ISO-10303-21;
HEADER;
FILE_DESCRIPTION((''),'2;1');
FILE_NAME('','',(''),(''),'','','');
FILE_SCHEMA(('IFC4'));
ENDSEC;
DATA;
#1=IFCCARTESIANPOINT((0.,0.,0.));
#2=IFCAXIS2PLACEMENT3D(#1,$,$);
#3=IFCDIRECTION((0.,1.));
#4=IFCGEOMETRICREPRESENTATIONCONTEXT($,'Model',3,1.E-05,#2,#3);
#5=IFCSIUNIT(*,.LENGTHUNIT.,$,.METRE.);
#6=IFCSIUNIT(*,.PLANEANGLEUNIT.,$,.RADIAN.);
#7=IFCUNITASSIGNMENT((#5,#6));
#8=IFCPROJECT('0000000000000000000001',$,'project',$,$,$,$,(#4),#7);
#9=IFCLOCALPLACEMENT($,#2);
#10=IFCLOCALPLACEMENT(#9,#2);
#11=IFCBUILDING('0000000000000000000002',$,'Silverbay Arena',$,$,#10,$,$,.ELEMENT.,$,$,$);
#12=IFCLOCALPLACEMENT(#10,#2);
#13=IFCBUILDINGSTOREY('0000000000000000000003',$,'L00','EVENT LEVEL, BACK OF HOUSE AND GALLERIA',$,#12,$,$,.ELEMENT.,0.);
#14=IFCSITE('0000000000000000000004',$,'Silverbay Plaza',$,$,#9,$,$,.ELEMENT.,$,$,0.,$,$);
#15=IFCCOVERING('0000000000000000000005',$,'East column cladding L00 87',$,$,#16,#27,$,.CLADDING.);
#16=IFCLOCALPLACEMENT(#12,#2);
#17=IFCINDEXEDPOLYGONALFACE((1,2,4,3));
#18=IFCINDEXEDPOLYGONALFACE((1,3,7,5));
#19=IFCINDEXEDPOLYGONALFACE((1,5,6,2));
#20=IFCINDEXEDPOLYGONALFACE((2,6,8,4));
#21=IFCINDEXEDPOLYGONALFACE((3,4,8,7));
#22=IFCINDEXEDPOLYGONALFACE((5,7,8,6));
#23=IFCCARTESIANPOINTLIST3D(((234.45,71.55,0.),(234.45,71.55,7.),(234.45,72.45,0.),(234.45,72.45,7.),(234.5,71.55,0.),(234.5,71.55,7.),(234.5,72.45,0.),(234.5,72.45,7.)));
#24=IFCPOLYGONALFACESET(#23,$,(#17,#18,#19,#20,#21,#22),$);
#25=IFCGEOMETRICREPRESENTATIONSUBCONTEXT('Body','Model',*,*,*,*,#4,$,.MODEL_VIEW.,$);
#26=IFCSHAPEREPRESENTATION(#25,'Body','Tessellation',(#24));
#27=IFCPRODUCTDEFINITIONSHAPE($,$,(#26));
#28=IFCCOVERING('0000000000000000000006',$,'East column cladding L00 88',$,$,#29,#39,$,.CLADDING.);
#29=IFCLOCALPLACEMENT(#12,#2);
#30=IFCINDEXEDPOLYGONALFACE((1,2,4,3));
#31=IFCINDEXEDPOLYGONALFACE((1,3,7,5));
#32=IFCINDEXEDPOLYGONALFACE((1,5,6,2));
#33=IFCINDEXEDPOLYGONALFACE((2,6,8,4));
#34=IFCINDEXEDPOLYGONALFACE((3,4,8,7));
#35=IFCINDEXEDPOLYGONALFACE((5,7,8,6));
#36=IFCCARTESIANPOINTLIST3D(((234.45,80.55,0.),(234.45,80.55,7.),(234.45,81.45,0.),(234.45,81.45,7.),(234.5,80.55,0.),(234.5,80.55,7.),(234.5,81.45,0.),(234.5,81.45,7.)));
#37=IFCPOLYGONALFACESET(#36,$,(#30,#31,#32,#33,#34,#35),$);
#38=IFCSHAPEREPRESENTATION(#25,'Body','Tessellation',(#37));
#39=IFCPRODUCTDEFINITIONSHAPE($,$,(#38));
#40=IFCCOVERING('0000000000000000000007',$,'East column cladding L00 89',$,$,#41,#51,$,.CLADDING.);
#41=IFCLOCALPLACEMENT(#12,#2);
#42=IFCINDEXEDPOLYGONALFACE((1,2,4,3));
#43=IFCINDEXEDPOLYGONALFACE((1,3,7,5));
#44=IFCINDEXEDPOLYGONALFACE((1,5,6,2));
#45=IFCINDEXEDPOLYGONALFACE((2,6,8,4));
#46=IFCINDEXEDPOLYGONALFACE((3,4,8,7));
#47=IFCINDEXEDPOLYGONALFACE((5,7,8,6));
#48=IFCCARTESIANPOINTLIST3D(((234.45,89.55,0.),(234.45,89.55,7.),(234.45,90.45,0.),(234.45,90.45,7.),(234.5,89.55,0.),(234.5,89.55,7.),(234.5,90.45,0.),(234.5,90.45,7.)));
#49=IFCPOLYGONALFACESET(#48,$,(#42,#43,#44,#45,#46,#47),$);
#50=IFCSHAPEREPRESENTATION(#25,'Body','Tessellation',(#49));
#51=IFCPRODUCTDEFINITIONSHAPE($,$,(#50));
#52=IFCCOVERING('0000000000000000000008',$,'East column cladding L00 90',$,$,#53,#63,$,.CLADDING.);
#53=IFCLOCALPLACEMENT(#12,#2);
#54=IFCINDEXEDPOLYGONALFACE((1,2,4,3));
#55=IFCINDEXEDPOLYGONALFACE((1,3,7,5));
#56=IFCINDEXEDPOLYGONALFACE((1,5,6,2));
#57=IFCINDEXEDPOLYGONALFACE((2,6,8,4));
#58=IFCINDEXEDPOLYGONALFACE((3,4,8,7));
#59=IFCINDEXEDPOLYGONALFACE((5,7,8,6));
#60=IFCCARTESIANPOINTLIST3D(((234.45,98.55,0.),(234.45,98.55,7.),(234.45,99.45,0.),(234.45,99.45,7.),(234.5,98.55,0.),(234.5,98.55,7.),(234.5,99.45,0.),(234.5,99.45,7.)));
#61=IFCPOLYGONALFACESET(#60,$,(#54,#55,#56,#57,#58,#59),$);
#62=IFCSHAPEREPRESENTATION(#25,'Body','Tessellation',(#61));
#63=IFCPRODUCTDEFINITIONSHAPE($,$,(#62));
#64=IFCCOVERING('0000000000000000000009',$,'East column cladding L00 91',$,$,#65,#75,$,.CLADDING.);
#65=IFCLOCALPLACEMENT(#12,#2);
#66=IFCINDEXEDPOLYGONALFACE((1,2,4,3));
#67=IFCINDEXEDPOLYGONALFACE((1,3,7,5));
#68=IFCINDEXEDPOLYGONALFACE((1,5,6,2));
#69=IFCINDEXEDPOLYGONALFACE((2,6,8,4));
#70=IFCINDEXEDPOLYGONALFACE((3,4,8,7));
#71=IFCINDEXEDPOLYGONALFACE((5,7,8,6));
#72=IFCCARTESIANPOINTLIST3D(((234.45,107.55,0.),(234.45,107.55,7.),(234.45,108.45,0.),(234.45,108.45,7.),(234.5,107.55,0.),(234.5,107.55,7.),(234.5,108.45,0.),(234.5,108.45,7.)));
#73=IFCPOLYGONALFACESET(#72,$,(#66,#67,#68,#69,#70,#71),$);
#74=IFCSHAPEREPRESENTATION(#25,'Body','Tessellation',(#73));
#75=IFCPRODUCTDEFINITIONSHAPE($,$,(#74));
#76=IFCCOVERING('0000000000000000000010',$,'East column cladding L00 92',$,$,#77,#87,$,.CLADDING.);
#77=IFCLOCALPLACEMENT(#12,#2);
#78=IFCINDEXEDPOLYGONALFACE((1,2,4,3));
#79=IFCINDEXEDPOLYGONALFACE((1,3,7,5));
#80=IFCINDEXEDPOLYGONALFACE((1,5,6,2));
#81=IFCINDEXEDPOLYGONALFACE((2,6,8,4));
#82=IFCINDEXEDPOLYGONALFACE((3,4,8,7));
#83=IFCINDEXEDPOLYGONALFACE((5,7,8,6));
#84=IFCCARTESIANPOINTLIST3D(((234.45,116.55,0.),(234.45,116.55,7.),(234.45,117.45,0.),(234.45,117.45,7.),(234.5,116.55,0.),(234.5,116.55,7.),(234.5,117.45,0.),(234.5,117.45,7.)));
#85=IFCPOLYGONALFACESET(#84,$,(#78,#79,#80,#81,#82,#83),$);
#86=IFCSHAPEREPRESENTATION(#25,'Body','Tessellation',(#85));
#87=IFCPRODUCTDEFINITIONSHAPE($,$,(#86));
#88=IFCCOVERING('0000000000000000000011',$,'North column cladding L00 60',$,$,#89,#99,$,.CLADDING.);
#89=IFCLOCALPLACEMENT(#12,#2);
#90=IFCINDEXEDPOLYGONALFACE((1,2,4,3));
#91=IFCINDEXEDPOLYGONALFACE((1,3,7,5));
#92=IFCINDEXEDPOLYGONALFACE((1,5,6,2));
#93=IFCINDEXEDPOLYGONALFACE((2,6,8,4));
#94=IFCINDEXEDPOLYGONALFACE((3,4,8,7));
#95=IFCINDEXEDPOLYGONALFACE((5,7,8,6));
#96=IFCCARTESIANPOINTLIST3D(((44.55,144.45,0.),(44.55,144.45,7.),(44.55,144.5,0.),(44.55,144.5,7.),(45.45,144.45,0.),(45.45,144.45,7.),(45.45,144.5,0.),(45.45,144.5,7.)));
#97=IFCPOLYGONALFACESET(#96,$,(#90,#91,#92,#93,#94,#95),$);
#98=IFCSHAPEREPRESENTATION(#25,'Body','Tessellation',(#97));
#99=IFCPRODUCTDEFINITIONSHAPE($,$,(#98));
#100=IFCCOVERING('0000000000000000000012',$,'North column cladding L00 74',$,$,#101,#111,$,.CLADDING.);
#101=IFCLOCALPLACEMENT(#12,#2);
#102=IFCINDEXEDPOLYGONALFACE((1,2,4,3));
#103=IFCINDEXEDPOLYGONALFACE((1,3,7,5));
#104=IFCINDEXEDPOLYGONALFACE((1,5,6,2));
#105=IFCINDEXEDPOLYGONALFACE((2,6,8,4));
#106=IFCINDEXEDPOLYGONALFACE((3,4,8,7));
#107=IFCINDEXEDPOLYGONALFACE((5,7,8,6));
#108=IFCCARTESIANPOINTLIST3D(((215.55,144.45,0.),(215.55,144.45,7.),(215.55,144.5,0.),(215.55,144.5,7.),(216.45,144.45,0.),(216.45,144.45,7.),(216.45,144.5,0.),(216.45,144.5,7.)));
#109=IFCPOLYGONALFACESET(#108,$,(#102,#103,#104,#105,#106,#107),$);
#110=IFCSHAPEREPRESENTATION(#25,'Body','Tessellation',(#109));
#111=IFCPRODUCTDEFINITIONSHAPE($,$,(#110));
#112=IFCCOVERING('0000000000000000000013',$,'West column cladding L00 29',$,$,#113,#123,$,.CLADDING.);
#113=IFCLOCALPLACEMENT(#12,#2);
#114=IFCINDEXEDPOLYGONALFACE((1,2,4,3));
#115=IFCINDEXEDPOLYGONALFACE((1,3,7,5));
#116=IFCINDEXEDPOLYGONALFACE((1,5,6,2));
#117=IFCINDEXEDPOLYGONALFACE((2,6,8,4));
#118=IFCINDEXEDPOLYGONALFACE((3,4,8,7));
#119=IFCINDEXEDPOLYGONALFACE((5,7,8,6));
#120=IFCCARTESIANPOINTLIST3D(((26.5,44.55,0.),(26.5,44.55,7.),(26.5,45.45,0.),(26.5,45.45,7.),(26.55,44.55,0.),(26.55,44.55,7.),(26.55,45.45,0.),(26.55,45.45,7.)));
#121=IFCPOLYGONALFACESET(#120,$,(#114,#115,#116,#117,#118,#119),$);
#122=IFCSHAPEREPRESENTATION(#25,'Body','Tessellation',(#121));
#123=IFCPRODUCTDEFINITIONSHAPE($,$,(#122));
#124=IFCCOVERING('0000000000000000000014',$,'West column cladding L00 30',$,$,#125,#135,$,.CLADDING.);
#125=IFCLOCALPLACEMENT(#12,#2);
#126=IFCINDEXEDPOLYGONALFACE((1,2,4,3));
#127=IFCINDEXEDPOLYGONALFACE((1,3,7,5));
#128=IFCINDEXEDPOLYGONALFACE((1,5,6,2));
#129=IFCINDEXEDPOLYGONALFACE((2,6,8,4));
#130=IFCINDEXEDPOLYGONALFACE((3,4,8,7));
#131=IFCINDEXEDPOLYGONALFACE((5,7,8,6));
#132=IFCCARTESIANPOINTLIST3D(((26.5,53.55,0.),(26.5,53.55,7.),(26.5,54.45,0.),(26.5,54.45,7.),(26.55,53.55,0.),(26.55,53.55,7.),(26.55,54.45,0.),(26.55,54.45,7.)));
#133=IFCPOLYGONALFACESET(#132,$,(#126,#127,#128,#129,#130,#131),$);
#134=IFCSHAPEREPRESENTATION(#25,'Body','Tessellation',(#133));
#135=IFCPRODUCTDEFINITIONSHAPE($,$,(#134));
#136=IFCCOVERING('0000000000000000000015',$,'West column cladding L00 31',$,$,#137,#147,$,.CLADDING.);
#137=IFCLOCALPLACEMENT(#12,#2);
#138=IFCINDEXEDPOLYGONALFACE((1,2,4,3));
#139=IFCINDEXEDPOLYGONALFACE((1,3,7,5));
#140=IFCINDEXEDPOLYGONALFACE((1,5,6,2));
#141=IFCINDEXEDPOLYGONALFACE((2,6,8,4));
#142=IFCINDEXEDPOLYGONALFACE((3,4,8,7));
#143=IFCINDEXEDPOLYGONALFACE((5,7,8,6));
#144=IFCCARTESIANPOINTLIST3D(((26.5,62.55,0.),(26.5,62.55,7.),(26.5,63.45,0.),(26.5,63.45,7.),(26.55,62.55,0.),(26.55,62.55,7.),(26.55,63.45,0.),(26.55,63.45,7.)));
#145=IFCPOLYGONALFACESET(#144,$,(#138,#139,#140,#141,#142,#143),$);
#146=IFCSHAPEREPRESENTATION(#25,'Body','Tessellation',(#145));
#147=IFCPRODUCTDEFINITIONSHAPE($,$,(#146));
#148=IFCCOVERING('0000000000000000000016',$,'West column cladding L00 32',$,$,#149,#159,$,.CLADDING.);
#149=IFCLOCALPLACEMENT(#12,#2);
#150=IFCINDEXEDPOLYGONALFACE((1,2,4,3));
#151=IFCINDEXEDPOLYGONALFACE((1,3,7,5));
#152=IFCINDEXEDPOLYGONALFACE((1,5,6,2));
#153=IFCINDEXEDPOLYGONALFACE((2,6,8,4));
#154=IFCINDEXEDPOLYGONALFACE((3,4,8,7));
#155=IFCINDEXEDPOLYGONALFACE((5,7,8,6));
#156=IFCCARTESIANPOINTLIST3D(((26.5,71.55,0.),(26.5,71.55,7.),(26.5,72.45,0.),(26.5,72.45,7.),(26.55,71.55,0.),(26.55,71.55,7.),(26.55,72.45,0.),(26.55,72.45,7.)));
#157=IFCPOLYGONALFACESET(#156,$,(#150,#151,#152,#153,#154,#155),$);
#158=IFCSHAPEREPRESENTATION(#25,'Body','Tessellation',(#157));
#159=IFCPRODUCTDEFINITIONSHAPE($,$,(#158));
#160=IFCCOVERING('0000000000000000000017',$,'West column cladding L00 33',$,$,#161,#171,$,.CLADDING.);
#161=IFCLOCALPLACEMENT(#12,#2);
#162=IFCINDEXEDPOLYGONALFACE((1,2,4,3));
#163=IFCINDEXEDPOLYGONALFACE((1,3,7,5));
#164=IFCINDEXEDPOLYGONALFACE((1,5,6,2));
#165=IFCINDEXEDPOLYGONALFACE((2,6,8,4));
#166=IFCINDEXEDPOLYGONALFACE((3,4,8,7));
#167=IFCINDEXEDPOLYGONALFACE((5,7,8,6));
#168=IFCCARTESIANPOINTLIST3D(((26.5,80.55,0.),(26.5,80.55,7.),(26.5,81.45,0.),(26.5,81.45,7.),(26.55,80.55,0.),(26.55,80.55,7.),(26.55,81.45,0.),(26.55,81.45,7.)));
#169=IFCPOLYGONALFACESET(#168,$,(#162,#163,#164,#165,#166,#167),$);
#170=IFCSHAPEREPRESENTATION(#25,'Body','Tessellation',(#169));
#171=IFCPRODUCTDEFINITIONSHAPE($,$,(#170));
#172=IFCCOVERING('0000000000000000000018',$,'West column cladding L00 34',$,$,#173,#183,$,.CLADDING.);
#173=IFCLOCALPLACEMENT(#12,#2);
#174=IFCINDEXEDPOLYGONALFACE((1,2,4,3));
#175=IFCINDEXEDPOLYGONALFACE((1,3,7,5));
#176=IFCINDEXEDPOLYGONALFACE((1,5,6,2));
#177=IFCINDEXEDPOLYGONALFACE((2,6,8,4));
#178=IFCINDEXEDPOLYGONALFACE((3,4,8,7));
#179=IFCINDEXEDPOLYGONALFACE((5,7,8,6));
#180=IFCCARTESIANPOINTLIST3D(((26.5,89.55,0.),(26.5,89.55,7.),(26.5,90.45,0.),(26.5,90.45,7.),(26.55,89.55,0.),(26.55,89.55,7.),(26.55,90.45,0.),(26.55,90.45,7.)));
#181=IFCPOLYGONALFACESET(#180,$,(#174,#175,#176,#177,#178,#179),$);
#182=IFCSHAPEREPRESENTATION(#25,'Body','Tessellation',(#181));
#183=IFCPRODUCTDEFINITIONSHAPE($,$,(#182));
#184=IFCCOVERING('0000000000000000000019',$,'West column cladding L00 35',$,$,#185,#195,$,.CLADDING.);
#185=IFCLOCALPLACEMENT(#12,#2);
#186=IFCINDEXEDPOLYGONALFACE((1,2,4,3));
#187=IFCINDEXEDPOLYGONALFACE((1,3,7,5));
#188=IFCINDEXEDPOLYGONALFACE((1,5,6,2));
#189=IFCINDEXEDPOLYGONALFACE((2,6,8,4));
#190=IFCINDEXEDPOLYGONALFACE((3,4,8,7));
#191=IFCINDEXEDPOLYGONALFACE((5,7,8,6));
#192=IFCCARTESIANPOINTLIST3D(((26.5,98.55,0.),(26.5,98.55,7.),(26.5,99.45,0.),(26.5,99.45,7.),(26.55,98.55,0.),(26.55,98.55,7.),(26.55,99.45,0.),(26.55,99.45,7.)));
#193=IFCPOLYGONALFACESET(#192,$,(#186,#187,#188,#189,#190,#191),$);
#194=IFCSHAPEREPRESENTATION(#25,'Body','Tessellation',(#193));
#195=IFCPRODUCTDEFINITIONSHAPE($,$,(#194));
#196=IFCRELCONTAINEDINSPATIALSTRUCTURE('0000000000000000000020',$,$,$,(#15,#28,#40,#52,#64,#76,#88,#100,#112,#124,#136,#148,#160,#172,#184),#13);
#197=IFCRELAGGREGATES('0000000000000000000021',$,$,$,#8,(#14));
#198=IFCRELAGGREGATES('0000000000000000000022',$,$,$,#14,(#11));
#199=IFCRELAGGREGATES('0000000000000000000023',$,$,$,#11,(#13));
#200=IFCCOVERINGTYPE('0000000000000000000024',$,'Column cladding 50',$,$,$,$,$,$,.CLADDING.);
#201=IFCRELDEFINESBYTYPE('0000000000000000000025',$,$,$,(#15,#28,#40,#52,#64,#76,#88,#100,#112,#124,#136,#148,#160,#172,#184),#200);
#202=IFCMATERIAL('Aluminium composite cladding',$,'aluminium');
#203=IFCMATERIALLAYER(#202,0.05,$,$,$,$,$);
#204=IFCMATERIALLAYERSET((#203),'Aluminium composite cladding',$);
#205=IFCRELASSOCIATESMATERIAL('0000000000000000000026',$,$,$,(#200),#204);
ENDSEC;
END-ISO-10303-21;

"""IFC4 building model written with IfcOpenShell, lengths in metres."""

from ifc_helpers import new_model, si_unit, direction, origin, place, context, subcontext, project, spatial, polyline, outline, extrude, material, layer, layer_set, type_object, element, save


model = new_model("IFC4")

# Units and contexts
model_context = context("Model", 3, precision=1e-05, world=origin(), true_north=direction((0.0, 1.0)))
body_context = subcontext(model_context, "Body", "Model", "MODEL_VIEW")
ifc_project = project(units=[si_unit("LENGTHUNIT", "METRE"), si_unit("PLANEANGLEUNIT", "RADIAN")], contexts=[model_context])

# Site, building, storey
site_placement = place(None, origin())
site = spatial("IfcSite", under=ifc_project, at=site_placement, Name="Silverbay Plaza", CompositionType="ELEMENT", RefElevation=0.0)
building_placement = place(site_placement, origin())
building = spatial("IfcBuilding", under=site, at=building_placement, Name="Silverbay Arena", CompositionType="ELEMENT")
storey_placement = place(building_placement, origin())
storey = spatial("IfcBuildingStorey", under=building, at=storey_placement, Name="L00", Description="EVENT LEVEL, BACK OF HOUSE AND GALLERIA", CompositionType="ELEMENT", Elevation=0.0)

# Coverings
ifc_material_1 = material(Name="Aluminium composite cladding", Category="aluminium")
ifc_layer_1 = layer(ifc_material_1, 0.05)
ifc_layer_set_1 = layer_set([ifc_layer_1], Name="Aluminium composite cladding")
covering_type_1 = type_object("IfcCoveringType", Name="Column cladding 50", PredefinedType="CLADDING", material=ifc_layer_set_1)
covering_1_placement = place(storey_placement, origin())
element("IfcCovering", 1, at=covering_1_placement, inside=storey, type_object=covering_type_1, Name="East column cladding L00 87", PredefinedType="CLADDING", context=body_context, shape_type="SweptSolid", body=[
    extrude(outline(polyline([(234.45, 71.55), (234.5, 71.55), (234.5, 72.45), (234.45, 72.45), (234.45, 71.55)])), origin(), (0.0, 0.0, 1.0), 7.0),
])
covering_2_placement = place(storey_placement, origin())
element("IfcCovering", 2, at=covering_2_placement, inside=storey, type_object=covering_type_1, Name="East column cladding L00 88", PredefinedType="CLADDING", context=body_context, shape_type="SweptSolid", body=[
    extrude(outline(polyline([(234.45, 80.55), (234.5, 80.55), (234.5, 81.45), (234.45, 81.45), (234.45, 80.55)])), origin(), (0.0, 0.0, 1.0), 7.0),
])
covering_3_placement = place(storey_placement, origin())
element("IfcCovering", 3, at=covering_3_placement, inside=storey, type_object=covering_type_1, Name="East column cladding L00 89", PredefinedType="CLADDING", context=body_context, shape_type="SweptSolid", body=[
    extrude(outline(polyline([(234.45, 89.55), (234.5, 89.55), (234.5, 90.45), (234.45, 90.45), (234.45, 89.55)])), origin(), (0.0, 0.0, 1.0), 7.0),
])
covering_4_placement = place(storey_placement, origin())
element("IfcCovering", 4, at=covering_4_placement, inside=storey, type_object=covering_type_1, Name="East column cladding L00 90", PredefinedType="CLADDING", context=body_context, shape_type="SweptSolid", body=[
    extrude(outline(polyline([(234.45, 98.55), (234.5, 98.55), (234.5, 99.45), (234.45, 99.45), (234.45, 98.55)])), origin(), (0.0, 0.0, 1.0), 7.0),
])
covering_5_placement = place(storey_placement, origin())
element("IfcCovering", 5, at=covering_5_placement, inside=storey, type_object=covering_type_1, Name="East column cladding L00 91", PredefinedType="CLADDING", context=body_context, shape_type="SweptSolid", body=[
    extrude(outline(polyline([(234.45, 107.55), (234.5, 107.55), (234.5, 108.45), (234.45, 108.45), (234.45, 107.55)])), origin(), (0.0, 0.0, 1.0), 7.0),
])
covering_6_placement = place(storey_placement, origin())
element("IfcCovering", 6, at=covering_6_placement, inside=storey, type_object=covering_type_1, Name="East column cladding L00 92", PredefinedType="CLADDING", context=body_context, shape_type="SweptSolid", body=[
    extrude(outline(polyline([(234.45, 116.55), (234.5, 116.55), (234.5, 117.45), (234.45, 117.45), (234.45, 116.55)])), origin(), (0.0, 0.0, 1.0), 7.0),
])
covering_7_placement = place(storey_placement, origin())
element("IfcCovering", 7, at=covering_7_placement, inside=storey, type_object=covering_type_1, Name="North column cladding L00 60", PredefinedType="CLADDING", context=body_context, shape_type="SweptSolid", body=[
    extrude(outline(polyline([(44.55, 144.45), (45.45, 144.45), (45.45, 144.5), (44.55, 144.5), (44.55, 144.45)])), origin(), (0.0, 0.0, 1.0), 7.0),
])
covering_8_placement = place(storey_placement, origin())
element("IfcCovering", 8, at=covering_8_placement, inside=storey, type_object=covering_type_1, Name="North column cladding L00 74", PredefinedType="CLADDING", context=body_context, shape_type="SweptSolid", body=[
    extrude(outline(polyline([(215.55, 144.45), (216.45, 144.45), (216.45, 144.5), (215.55, 144.5), (215.55, 144.45)])), origin(), (0.0, 0.0, 1.0), 7.0),
])
covering_9_placement = place(storey_placement, origin())
element("IfcCovering", 9, at=covering_9_placement, inside=storey, type_object=covering_type_1, Name="West column cladding L00 29", PredefinedType="CLADDING", context=body_context, shape_type="SweptSolid", body=[
    extrude(outline(polyline([(26.5, 44.55), (26.55, 44.55), (26.55, 45.45), (26.5, 45.45), (26.5, 44.55)])), origin(), (0.0, 0.0, 1.0), 7.0),
])
covering_10_placement = place(storey_placement, origin())
element("IfcCovering", 10, at=covering_10_placement, inside=storey, type_object=covering_type_1, Name="West column cladding L00 30", PredefinedType="CLADDING", context=body_context, shape_type="SweptSolid", body=[
    extrude(outline(polyline([(26.5, 53.55), (26.55, 53.55), (26.55, 54.45), (26.5, 54.45), (26.5, 53.55)])), origin(), (0.0, 0.0, 1.0), 7.0),
])
covering_11_placement = place(storey_placement, origin())
element("IfcCovering", 11, at=covering_11_placement, inside=storey, type_object=covering_type_1, Name="West column cladding L00 31", PredefinedType="CLADDING", context=body_context, shape_type="SweptSolid", body=[
    extrude(outline(polyline([(26.5, 62.55), (26.55, 62.55), (26.55, 63.45), (26.5, 63.45), (26.5, 62.55)])), origin(), (0.0, 0.0, 1.0), 7.0),
])
covering_12_placement = place(storey_placement, origin())
element("IfcCovering", 12, at=covering_12_placement, inside=storey, type_object=covering_type_1, Name="West column cladding L00 32", PredefinedType="CLADDING", context=body_context, shape_type="SweptSolid", body=[
    extrude(outline(polyline([(26.5, 71.55), (26.55, 71.55), (26.55, 72.45), (26.5, 72.45), (26.5, 71.55)])), origin(), (0.0, 0.0, 1.0), 7.0),
])
covering_13_placement = place(storey_placement, origin())
element("IfcCovering", 13, at=covering_13_placement, inside=storey, type_object=covering_type_1, Name="West column cladding L00 33", PredefinedType="CLADDING", context=body_context, shape_type="SweptSolid", body=[
    extrude(outline(polyline([(26.5, 80.55), (26.55, 80.55), (26.55, 81.45), (26.5, 81.45), (26.5, 80.55)])), origin(), (0.0, 0.0, 1.0), 7.0),
])
covering_14_placement = place(storey_placement, origin())
element("IfcCovering", 14, at=covering_14_placement, inside=storey, type_object=covering_type_1, Name="West column cladding L00 34", PredefinedType="CLADDING", context=body_context, shape_type="SweptSolid", body=[
    extrude(outline(polyline([(26.5, 89.55), (26.55, 89.55), (26.55, 90.45), (26.5, 90.45), (26.5, 89.55)])), origin(), (0.0, 0.0, 1.0), 7.0),
])
covering_15_placement = place(storey_placement, origin())
element("IfcCovering", 15, at=covering_15_placement, inside=storey, type_object=covering_type_1, Name="West column cladding L00 35", PredefinedType="CLADDING", context=body_context, shape_type="SweptSolid", body=[
    extrude(outline(polyline([(26.5, 98.55), (26.55, 98.55), (26.55, 99.45), (26.5, 99.45), (26.5, 98.55)])), origin(), (0.0, 0.0, 1.0), 7.0),
])

save(model, "model.ifc")
